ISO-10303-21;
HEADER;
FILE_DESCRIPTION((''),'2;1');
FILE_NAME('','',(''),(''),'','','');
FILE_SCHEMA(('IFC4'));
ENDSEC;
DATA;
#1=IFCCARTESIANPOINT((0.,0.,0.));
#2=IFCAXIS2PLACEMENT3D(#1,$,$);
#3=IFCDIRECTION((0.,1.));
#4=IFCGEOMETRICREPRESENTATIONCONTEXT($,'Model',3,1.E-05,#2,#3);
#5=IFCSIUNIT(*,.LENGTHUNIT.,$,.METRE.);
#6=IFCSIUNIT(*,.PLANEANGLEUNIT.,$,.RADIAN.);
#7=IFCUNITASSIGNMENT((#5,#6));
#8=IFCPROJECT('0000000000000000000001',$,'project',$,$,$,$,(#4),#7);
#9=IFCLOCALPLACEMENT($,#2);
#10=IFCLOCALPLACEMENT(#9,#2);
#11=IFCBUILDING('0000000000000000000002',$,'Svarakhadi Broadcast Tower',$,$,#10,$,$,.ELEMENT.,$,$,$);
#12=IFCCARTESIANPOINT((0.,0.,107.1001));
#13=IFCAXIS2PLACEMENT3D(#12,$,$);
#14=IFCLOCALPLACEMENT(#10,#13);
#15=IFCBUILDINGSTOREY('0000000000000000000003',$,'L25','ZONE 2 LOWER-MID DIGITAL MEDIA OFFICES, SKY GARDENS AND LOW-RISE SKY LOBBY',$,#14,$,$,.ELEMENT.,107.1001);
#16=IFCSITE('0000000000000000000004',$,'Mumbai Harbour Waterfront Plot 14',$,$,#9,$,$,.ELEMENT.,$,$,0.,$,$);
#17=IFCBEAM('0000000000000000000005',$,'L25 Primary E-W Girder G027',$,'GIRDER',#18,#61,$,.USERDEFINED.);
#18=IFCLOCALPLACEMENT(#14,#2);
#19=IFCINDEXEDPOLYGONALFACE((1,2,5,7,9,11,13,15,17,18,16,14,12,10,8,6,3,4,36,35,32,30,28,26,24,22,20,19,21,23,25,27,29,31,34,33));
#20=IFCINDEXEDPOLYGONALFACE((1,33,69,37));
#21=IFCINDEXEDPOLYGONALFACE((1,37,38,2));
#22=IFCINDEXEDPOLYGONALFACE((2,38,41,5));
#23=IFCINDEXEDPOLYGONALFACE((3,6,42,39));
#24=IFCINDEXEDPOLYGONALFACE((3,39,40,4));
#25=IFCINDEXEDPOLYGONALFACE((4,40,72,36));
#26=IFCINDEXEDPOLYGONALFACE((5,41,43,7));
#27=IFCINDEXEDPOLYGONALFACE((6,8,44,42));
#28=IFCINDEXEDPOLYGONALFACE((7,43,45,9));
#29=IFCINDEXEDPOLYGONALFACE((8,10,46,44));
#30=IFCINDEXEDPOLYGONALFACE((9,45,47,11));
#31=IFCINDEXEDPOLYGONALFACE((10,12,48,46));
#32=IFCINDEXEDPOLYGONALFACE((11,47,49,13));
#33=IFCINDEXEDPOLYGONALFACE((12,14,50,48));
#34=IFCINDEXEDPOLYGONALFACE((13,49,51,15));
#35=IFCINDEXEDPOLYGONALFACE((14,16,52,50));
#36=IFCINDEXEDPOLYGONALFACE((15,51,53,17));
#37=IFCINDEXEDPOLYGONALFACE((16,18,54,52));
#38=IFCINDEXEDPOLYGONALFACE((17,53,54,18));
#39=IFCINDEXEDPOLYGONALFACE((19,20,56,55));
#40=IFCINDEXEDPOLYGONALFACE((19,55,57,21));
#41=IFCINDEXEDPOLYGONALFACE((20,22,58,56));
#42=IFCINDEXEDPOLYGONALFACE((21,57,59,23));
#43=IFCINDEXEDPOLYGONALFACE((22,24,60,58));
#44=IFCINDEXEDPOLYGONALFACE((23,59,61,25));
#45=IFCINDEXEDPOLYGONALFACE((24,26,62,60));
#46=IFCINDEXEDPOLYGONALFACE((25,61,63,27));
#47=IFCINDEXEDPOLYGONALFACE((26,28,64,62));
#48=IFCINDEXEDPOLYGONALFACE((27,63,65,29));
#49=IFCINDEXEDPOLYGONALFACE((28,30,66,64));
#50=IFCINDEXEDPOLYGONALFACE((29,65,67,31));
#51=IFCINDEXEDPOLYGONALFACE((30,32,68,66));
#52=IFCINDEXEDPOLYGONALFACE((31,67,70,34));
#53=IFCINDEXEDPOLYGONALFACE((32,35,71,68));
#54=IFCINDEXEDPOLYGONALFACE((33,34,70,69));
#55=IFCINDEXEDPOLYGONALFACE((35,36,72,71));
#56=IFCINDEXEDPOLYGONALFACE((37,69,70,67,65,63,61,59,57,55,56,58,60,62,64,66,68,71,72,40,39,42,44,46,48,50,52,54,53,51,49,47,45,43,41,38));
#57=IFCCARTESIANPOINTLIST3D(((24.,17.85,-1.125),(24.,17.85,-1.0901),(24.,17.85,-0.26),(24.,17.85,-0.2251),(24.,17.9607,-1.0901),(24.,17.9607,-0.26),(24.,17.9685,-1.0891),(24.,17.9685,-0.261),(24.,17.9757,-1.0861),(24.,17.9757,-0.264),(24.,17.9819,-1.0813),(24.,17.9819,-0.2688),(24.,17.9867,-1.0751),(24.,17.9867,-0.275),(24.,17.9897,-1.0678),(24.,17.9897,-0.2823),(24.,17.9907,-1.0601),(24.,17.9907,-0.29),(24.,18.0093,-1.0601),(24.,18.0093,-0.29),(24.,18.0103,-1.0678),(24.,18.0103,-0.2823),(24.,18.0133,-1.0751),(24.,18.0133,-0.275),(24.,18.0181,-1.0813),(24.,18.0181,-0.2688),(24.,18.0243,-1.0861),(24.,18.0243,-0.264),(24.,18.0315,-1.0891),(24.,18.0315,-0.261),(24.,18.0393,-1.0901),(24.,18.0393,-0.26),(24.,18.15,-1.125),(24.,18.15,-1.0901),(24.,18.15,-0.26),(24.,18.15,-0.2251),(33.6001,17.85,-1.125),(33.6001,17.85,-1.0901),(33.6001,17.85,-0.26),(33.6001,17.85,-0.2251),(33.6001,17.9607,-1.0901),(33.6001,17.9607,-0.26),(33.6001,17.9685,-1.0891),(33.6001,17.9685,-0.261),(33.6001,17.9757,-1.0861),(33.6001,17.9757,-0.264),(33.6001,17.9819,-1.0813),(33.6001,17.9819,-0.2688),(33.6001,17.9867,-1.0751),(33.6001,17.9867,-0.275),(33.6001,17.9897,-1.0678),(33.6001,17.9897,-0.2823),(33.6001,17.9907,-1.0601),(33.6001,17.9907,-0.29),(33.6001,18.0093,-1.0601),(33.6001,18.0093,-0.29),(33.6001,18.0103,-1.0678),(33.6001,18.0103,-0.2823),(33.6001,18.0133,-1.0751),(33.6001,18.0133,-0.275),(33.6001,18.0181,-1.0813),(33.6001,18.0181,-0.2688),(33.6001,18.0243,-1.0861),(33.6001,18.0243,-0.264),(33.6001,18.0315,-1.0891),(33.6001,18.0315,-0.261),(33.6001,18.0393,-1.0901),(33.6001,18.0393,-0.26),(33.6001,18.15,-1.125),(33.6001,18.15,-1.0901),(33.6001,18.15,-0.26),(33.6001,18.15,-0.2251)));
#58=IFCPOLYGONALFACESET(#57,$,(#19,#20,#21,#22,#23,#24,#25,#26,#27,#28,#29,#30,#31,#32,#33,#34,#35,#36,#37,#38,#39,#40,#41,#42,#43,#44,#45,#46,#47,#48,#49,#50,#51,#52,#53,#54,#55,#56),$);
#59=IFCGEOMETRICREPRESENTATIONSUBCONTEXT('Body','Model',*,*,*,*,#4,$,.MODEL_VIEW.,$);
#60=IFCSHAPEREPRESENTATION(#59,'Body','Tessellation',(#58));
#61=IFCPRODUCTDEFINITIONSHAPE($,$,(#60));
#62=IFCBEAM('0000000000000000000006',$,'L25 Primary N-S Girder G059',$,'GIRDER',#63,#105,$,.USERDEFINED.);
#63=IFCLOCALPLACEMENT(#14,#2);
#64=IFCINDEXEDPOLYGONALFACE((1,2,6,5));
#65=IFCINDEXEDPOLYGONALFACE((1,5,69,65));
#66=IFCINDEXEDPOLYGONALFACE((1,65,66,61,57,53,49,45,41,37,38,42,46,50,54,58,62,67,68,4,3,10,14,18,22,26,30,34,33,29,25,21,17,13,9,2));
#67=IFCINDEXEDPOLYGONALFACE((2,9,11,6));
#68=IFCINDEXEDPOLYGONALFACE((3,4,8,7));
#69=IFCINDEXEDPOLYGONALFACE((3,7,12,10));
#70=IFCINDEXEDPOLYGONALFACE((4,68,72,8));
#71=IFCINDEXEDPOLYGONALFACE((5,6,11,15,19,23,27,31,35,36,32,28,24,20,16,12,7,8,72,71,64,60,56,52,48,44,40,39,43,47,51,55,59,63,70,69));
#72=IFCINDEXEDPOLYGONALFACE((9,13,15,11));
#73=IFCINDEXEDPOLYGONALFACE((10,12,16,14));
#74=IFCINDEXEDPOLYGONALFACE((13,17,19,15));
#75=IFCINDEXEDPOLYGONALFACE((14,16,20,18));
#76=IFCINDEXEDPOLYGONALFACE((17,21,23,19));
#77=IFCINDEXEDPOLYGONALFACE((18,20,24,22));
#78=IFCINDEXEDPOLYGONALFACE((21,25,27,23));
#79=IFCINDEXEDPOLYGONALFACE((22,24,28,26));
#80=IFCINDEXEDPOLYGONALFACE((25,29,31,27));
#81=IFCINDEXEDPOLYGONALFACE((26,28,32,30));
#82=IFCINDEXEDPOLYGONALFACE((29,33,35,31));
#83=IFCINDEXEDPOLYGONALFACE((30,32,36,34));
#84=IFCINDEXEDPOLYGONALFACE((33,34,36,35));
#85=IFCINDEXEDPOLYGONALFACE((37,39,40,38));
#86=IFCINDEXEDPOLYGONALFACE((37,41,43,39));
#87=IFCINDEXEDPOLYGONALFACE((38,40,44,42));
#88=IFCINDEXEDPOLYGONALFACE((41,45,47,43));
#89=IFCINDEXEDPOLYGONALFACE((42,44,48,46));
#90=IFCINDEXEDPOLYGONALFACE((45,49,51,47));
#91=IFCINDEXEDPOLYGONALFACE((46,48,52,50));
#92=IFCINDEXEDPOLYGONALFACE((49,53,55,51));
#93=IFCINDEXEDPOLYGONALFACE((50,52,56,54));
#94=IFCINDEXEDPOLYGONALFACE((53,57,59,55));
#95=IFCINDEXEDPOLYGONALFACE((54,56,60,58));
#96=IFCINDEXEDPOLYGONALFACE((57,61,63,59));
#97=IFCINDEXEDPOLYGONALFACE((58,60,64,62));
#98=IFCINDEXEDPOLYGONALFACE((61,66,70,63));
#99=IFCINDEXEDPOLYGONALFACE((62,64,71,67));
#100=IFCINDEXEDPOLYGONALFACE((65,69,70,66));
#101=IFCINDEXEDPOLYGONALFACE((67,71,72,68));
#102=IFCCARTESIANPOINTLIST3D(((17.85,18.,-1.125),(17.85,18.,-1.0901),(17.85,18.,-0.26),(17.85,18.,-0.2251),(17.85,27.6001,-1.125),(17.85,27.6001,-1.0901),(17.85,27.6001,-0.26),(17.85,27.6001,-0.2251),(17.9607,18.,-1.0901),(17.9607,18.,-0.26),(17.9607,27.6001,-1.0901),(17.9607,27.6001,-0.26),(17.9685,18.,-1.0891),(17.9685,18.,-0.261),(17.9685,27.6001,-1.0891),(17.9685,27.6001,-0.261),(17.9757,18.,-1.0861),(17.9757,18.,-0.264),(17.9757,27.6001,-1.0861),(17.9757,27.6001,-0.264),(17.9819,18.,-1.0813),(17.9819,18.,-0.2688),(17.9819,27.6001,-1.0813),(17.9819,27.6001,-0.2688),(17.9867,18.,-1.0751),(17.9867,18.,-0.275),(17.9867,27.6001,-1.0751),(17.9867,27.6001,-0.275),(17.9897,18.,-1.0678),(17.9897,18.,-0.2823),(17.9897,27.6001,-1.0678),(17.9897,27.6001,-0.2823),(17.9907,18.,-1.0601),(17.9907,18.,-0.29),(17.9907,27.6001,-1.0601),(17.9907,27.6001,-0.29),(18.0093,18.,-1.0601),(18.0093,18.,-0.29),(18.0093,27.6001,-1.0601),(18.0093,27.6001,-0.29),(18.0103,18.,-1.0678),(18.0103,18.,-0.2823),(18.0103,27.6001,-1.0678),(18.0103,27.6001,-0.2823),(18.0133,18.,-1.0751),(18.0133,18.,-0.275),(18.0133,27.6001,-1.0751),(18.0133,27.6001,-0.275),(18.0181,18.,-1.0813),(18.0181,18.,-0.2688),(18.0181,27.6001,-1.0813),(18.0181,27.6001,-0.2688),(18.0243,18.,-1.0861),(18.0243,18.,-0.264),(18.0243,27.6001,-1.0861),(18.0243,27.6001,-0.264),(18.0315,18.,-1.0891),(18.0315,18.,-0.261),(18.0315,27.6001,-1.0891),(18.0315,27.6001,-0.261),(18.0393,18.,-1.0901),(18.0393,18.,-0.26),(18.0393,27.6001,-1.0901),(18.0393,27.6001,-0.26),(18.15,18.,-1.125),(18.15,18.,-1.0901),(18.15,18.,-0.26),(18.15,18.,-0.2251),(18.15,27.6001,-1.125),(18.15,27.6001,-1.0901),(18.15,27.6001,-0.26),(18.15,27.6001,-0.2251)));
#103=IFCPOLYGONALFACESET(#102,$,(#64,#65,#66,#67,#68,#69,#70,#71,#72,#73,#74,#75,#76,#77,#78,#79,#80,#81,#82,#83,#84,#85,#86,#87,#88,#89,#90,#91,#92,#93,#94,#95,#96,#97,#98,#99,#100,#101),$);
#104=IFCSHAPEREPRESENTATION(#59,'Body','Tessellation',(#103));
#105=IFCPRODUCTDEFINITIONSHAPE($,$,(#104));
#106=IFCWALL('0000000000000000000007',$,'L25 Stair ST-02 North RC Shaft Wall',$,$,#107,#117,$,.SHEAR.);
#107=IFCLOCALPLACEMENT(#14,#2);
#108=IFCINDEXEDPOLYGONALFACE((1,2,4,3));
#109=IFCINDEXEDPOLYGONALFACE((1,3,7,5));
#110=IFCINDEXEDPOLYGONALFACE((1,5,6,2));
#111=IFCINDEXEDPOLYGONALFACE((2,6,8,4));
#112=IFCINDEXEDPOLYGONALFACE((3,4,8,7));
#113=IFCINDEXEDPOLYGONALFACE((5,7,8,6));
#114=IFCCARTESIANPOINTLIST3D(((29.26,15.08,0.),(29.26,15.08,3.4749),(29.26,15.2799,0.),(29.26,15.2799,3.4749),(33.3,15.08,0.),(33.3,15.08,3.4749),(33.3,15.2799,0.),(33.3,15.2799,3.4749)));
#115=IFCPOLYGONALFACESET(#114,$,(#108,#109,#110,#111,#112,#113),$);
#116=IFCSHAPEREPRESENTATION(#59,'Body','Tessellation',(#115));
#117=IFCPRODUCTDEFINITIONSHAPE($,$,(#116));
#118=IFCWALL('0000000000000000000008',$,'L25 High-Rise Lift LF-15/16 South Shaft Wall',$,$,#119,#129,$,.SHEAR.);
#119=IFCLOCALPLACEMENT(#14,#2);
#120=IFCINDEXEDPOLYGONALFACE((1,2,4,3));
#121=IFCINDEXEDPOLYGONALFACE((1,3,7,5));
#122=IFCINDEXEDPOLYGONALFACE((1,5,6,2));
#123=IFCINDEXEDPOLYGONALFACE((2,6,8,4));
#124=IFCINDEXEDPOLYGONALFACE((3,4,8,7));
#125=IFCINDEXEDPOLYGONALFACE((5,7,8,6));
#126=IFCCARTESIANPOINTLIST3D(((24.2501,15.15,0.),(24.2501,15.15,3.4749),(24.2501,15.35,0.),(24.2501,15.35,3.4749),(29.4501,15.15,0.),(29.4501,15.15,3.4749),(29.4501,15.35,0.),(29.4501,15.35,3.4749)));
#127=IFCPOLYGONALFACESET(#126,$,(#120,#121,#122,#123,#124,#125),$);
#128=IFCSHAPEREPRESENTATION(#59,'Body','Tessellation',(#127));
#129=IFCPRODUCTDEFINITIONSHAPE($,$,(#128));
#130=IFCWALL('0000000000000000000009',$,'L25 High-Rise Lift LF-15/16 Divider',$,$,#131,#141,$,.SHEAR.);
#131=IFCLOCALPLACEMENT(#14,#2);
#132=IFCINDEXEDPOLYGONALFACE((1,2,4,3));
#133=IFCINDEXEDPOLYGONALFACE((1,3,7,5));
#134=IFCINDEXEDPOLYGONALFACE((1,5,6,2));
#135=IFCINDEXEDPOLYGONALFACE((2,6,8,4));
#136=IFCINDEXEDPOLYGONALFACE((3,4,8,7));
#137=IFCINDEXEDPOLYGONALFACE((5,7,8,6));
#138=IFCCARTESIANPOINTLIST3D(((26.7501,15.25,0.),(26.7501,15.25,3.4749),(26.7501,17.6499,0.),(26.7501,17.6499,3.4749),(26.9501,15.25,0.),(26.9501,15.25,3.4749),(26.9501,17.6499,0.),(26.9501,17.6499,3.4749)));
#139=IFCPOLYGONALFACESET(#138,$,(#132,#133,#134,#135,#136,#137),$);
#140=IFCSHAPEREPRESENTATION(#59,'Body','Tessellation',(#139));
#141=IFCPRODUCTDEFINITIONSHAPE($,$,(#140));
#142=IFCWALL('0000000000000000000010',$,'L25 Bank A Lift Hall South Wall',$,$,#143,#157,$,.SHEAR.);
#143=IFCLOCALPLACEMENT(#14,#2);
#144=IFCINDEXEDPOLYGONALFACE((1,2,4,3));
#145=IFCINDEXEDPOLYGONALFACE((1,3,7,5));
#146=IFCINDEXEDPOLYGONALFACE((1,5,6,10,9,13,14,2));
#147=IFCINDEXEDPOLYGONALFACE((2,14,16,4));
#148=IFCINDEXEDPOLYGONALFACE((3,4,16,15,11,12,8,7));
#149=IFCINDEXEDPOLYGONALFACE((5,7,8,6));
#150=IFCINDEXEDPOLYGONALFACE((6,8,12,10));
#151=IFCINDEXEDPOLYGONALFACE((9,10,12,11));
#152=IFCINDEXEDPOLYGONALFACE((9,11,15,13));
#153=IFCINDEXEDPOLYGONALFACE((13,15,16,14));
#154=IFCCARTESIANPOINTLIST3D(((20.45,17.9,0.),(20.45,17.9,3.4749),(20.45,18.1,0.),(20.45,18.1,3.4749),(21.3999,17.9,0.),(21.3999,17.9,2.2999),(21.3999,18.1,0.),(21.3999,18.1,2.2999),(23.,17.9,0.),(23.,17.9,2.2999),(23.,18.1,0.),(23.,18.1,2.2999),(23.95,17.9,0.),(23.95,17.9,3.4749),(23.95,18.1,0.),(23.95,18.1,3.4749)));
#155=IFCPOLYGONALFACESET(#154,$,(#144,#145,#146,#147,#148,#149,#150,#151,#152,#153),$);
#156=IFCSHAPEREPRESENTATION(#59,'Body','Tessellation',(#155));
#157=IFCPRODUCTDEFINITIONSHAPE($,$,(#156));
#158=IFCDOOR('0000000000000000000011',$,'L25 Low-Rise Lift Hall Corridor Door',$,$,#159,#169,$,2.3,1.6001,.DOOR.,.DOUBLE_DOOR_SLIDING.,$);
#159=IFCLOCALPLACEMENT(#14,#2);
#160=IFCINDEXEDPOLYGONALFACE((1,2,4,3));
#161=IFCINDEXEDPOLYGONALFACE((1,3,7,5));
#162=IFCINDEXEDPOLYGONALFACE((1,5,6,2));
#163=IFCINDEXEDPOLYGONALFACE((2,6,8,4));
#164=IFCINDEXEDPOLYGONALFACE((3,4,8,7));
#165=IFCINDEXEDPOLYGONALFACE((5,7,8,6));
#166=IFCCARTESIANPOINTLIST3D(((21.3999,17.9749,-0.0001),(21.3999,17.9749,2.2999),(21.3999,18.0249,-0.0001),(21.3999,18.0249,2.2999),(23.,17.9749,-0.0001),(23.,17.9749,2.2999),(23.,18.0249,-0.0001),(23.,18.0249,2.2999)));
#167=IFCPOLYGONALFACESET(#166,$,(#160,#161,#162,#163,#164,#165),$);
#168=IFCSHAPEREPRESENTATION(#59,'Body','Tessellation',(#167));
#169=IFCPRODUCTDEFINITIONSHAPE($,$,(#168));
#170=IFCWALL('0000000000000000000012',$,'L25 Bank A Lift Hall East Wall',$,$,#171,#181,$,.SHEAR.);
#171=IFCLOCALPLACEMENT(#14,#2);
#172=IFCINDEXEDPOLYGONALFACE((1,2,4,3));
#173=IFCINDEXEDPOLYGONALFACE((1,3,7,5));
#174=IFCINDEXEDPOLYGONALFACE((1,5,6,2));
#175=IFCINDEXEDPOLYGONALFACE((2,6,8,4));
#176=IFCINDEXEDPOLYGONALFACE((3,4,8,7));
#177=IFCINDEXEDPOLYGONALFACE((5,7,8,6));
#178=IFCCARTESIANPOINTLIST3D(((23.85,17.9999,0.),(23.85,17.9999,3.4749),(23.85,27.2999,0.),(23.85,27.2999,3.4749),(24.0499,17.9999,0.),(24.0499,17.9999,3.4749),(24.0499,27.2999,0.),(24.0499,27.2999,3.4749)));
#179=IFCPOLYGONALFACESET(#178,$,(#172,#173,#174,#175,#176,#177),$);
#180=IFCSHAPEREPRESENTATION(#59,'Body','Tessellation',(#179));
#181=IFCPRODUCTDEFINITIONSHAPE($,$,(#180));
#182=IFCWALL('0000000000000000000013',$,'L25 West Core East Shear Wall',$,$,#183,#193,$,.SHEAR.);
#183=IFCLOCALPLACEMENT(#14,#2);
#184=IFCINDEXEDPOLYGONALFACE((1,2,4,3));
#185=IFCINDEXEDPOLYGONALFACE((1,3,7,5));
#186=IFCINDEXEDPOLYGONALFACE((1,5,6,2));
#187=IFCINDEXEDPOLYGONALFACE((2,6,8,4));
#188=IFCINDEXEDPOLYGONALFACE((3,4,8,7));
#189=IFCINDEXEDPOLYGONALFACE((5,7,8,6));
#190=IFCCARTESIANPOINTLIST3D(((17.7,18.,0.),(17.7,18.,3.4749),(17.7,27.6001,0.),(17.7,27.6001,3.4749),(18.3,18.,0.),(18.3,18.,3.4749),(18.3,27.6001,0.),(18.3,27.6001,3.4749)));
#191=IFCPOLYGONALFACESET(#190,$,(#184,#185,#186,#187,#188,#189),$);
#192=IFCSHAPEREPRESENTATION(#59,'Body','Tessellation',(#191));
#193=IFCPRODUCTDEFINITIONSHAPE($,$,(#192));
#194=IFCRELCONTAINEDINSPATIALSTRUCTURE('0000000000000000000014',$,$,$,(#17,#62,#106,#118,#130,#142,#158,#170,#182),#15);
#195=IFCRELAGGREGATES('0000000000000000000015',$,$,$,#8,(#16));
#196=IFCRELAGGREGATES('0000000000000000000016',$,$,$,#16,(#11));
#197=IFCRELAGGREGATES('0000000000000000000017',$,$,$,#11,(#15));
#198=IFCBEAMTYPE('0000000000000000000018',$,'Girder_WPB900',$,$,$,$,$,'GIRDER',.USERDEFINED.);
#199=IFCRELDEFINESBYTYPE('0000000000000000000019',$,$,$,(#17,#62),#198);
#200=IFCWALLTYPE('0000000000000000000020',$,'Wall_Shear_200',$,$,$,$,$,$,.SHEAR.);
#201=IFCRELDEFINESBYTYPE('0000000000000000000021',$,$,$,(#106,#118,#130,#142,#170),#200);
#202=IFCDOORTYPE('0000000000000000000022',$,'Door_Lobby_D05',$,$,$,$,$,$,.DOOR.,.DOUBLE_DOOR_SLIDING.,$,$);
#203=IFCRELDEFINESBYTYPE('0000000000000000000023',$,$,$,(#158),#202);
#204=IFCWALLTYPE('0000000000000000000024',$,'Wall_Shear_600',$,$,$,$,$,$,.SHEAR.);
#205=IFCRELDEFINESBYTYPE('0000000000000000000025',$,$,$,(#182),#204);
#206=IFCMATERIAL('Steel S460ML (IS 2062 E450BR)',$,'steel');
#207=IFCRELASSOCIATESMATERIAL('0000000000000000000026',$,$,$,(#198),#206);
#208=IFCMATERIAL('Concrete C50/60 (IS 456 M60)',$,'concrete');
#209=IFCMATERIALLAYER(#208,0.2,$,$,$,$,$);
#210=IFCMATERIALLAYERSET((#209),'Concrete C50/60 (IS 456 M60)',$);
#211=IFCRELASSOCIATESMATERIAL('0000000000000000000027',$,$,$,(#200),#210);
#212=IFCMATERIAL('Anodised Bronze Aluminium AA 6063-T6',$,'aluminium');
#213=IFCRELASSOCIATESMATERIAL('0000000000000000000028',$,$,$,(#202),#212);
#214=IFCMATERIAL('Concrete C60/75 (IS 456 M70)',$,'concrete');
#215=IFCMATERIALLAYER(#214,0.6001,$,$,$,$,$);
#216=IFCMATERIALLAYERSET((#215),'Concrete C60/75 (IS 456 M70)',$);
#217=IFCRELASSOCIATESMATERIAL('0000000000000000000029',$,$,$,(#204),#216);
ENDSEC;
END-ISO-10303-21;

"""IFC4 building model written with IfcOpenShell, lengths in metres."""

from ifc_helpers import new_model, si_unit, direction, frame, frame_2d, origin, origin_2d, place, context, subcontext, project, spatial, rectangle, i_section, extrude, material, layer, layer_set, material_profile, profile_set, type_object, element, fill, save


model = new_model("IFC4")

# Units and contexts
model_context = context("Model", 3, precision=1e-05, world=origin(), true_north=direction((0.0, 1.0)))
body_context = subcontext(model_context, "Body", "Model", "MODEL_VIEW")
ifc_project = project(units=[si_unit("LENGTHUNIT", "METRE"), si_unit("PLANEANGLEUNIT", "RADIAN")], contexts=[model_context])

# Site, building, storey
site_placement = place(None, origin())
site = spatial("IfcSite", under=ifc_project, at=site_placement, Name="Mumbai Harbour Waterfront Plot 14", CompositionType="ELEMENT", RefElevation=0.0)
building_placement = place(site_placement, origin())
building = spatial("IfcBuilding", under=site, at=building_placement, Name="Svarakhadi Broadcast Tower", CompositionType="ELEMENT")
storey_placement = place(building_placement, frame((0.0, 0.0, 107.1001)))
storey = spatial("IfcBuildingStorey", under=building, at=storey_placement, Name="L25", Description="ZONE 2 LOWER-MID DIGITAL MEDIA OFFICES, SKY GARDENS AND LOW-RISE SKY LOBBY", CompositionType="ELEMENT", Elevation=107.1001)

# Shared definitions
ifc_material_1 = material(Name="Concrete C50/60 (IS 456 M60)", Category="concrete")

# Beams
ifc_material_2 = material(Name="Steel S460ML (IS 2062 E450BR)", Category="steel")
ifc_material_profile_1 = material_profile(ifc_material_2, i_section(OverallWidth=0.3, OverallDepth=0.8999, WebThickness=0.0186, FlangeThickness=0.0349, FilletRadius=0.03, at=origin_2d()), Name="WPB 900x300x291")
ifc_profile_set_1 = profile_set([ifc_material_profile_1], Name="Steel S460ML (IS 2062 E450BR)")
beam_type_1 = type_object("IfcBeamType", Name="Girder_WPB900", ElementType="GIRDER", PredefinedType="USERDEFINED", material=ifc_profile_set_1)
for number, where, z_axis, x_axis, name in (
    (1, (24.0, 18.0, -0.675), (1.0, 0.0, 0.0), (0.0, 1.0, 0.0), "L25 Primary E-W Girder G027"),
    (2, (18.0, 18.0, -0.675), (0.0, 1.0, 0.0), (-1.0, 0.0, 0.0), "L25 Primary N-S Girder G059"),
):
    element("IfcBeam", number, at=place(storey_placement, frame(where, z_axis=z_axis, x_axis=x_axis)), inside=storey, type_object=beam_type_1, Name=name, ObjectType="GIRDER", PredefinedType="USERDEFINED", context=body_context, shape_type="SweptSolid", body=[
        extrude(i_section(OverallWidth=0.3, OverallDepth=0.8999, WebThickness=0.0186, FlangeThickness=0.0349, FilletRadius=0.03, at=origin_2d()), origin(), (0.0, 0.0, 1.0), 9.6001),
    ])

# Wall
ifc_layer_1 = layer(ifc_material_1, 0.2)
ifc_layer_set_1 = layer_set([ifc_layer_1], Name="Concrete C50/60 (IS 456 M60)")
wall_type_1 = type_object("IfcWallType", Name="Wall_Shear_200", PredefinedType="SHEAR", material=ifc_layer_set_1)
wall_1_placement = place(storey_placement, frame((29.26, 15.1799, 0.0), z_axis=(0.0, 0.0, 1.0), x_axis=(1.0, 0.0, 0.0)))
element("IfcWall", 3, at=wall_1_placement, inside=storey, type_object=wall_type_1, Name="L25 Stair ST-02 North RC Shaft Wall", PredefinedType="SHEAR", context=body_context, shape_type="SweptSolid", body=[
    extrude(rectangle(XDim=4.04, YDim=0.2, at=frame_2d((2.02, 0.0))), origin(), (0.0, 0.0, 1.0), 3.4749),
])

# Walls
wall_2_placement = place(storey_placement, frame((24.25, 15.25, 0.0), z_axis=(0.0, 0.0, 1.0), x_axis=(1.0, 0.0, 0.0)))
element("IfcWall", 4, at=wall_2_placement, inside=storey, type_object=wall_type_1, Name="L25 High-Rise Lift LF-15/16 South Shaft Wall", PredefinedType="SHEAR", context=body_context, shape_type="SweptSolid", body=[
    extrude(rectangle(XDim=5.2, YDim=0.2, at=frame_2d((2.6001, 0.0))), origin(), (0.0, 0.0, 1.0), 3.4749),
])
wall_3_placement = place(storey_placement, frame((26.8501, 15.25, 0.0), z_axis=(0.0, 0.0, 1.0), x_axis=(0.0, 1.0, 0.0)))
element("IfcWall", 5, at=wall_3_placement, inside=storey, type_object=wall_type_1, Name="L25 High-Rise Lift LF-15/16 Divider", PredefinedType="SHEAR", context=body_context, shape_type="SweptSolid", body=[
    extrude(rectangle(XDim=2.3999, YDim=0.2, at=frame_2d((1.2, 0.0))), origin(), (0.0, 0.0, 1.0), 3.4749),
])

# Wall, opening, door
wall_4_placement = place(storey_placement, frame((20.45, 18.0, 0.0), z_axis=(0.0, 0.0, 1.0), x_axis=(1.0, 0.0, 0.0)))
wall_4 = element("IfcWall", 6, at=wall_4_placement, inside=storey, type_object=wall_type_1, Name="L25 Bank A Lift Hall South Wall", PredefinedType="SHEAR", context=body_context, shape_type="SweptSolid", body=[
    extrude(rectangle(XDim=3.5, YDim=0.2, at=frame_2d((1.75, 0.0))), origin(), (0.0, 0.0, 1.0), 3.4749),
])
opening_1_placement = place(wall_4_placement, frame((0.95, 0.0, 0.0)))
opening_1 = element("IfcOpeningElement", 7, at=opening_1_placement, cuts=wall_4, PredefinedType="OPENING", context=body_context, shape_type="SweptSolid", body=[
    extrude(rectangle(XDim=1.6001, YDim=2.3, at=frame_2d((0.8, 1.1499))), frame((0.0, 0.1099, 0.0), z_axis=(0.0, -1.0, 0.0), x_axis=(1.0, 0.0, 0.0)), (0.0, 0.0, 1.0), 0.22),
])
ifc_material_3 = material(Name="Anodised Bronze Aluminium AA 6063-T6", Category="aluminium")
door_type_1 = type_object("IfcDoorType", Name="Door_Lobby_D05", OperationType="DOUBLE_DOOR_SLIDING", PredefinedType="DOOR", material=ifc_material_3)
door_1_placement = place(opening_1_placement, origin())
door_1 = element("IfcDoor", 8, at=door_1_placement, inside=storey, type_object=door_type_1, Name="L25 Low-Rise Lift Hall Corridor Door", OperationType="DOUBLE_DOOR_SLIDING", OverallHeight=2.3, OverallWidth=1.6001, PredefinedType="DOOR", context=body_context, shape_type="SweptSolid", body=[
    extrude(rectangle(XDim=1.6001, YDim=2.3, at=frame_2d((0.8, 1.1499))), frame((0.0, 0.0249, 0.0), z_axis=(0.0, -1.0, 0.0), x_axis=(1.0, 0.0, 0.0)), (0.0, 0.0, 1.0), 0.05),
])
fill(opening_1, door_1)

# Walls
wall_5_placement = place(storey_placement, frame((23.95, 18.0, 0.0), z_axis=(0.0, 0.0, 1.0), x_axis=(0.0, 1.0, 0.0)))
element("IfcWall", 9, at=wall_5_placement, inside=storey, type_object=wall_type_1, Name="L25 Bank A Lift Hall East Wall", PredefinedType="SHEAR", context=body_context, shape_type="SweptSolid", body=[
    extrude(rectangle(XDim=9.3, YDim=0.2, at=frame_2d((4.6499, 0.0))), origin(), (0.0, 0.0, 1.0), 3.4749),
])
ifc_material_4 = material(Name="Concrete C60/75 (IS 456 M70)", Category="concrete")
ifc_layer_2 = layer(ifc_material_4, 0.6001)
ifc_layer_set_2 = layer_set([ifc_layer_2], Name="Concrete C60/75 (IS 456 M70)")
wall_type_2 = type_object("IfcWallType", Name="Wall_Shear_600", PredefinedType="SHEAR", material=ifc_layer_set_2)
wall_6_placement = place(storey_placement, frame((18.0, 18.0, 0.0), z_axis=(0.0, 0.0, 1.0), x_axis=(0.0, 1.0, 0.0)))
element("IfcWall", 10, at=wall_6_placement, inside=storey, type_object=wall_type_2, Name="L25 West Core East Shear Wall", PredefinedType="SHEAR", context=body_context, shape_type="SweptSolid", body=[
    extrude(rectangle(XDim=9.6001, YDim=0.6001, at=frame_2d((4.8, 0.0))), origin(), (0.0, 0.0, 1.0), 3.4749),
])

save(model, "model.ifc")
